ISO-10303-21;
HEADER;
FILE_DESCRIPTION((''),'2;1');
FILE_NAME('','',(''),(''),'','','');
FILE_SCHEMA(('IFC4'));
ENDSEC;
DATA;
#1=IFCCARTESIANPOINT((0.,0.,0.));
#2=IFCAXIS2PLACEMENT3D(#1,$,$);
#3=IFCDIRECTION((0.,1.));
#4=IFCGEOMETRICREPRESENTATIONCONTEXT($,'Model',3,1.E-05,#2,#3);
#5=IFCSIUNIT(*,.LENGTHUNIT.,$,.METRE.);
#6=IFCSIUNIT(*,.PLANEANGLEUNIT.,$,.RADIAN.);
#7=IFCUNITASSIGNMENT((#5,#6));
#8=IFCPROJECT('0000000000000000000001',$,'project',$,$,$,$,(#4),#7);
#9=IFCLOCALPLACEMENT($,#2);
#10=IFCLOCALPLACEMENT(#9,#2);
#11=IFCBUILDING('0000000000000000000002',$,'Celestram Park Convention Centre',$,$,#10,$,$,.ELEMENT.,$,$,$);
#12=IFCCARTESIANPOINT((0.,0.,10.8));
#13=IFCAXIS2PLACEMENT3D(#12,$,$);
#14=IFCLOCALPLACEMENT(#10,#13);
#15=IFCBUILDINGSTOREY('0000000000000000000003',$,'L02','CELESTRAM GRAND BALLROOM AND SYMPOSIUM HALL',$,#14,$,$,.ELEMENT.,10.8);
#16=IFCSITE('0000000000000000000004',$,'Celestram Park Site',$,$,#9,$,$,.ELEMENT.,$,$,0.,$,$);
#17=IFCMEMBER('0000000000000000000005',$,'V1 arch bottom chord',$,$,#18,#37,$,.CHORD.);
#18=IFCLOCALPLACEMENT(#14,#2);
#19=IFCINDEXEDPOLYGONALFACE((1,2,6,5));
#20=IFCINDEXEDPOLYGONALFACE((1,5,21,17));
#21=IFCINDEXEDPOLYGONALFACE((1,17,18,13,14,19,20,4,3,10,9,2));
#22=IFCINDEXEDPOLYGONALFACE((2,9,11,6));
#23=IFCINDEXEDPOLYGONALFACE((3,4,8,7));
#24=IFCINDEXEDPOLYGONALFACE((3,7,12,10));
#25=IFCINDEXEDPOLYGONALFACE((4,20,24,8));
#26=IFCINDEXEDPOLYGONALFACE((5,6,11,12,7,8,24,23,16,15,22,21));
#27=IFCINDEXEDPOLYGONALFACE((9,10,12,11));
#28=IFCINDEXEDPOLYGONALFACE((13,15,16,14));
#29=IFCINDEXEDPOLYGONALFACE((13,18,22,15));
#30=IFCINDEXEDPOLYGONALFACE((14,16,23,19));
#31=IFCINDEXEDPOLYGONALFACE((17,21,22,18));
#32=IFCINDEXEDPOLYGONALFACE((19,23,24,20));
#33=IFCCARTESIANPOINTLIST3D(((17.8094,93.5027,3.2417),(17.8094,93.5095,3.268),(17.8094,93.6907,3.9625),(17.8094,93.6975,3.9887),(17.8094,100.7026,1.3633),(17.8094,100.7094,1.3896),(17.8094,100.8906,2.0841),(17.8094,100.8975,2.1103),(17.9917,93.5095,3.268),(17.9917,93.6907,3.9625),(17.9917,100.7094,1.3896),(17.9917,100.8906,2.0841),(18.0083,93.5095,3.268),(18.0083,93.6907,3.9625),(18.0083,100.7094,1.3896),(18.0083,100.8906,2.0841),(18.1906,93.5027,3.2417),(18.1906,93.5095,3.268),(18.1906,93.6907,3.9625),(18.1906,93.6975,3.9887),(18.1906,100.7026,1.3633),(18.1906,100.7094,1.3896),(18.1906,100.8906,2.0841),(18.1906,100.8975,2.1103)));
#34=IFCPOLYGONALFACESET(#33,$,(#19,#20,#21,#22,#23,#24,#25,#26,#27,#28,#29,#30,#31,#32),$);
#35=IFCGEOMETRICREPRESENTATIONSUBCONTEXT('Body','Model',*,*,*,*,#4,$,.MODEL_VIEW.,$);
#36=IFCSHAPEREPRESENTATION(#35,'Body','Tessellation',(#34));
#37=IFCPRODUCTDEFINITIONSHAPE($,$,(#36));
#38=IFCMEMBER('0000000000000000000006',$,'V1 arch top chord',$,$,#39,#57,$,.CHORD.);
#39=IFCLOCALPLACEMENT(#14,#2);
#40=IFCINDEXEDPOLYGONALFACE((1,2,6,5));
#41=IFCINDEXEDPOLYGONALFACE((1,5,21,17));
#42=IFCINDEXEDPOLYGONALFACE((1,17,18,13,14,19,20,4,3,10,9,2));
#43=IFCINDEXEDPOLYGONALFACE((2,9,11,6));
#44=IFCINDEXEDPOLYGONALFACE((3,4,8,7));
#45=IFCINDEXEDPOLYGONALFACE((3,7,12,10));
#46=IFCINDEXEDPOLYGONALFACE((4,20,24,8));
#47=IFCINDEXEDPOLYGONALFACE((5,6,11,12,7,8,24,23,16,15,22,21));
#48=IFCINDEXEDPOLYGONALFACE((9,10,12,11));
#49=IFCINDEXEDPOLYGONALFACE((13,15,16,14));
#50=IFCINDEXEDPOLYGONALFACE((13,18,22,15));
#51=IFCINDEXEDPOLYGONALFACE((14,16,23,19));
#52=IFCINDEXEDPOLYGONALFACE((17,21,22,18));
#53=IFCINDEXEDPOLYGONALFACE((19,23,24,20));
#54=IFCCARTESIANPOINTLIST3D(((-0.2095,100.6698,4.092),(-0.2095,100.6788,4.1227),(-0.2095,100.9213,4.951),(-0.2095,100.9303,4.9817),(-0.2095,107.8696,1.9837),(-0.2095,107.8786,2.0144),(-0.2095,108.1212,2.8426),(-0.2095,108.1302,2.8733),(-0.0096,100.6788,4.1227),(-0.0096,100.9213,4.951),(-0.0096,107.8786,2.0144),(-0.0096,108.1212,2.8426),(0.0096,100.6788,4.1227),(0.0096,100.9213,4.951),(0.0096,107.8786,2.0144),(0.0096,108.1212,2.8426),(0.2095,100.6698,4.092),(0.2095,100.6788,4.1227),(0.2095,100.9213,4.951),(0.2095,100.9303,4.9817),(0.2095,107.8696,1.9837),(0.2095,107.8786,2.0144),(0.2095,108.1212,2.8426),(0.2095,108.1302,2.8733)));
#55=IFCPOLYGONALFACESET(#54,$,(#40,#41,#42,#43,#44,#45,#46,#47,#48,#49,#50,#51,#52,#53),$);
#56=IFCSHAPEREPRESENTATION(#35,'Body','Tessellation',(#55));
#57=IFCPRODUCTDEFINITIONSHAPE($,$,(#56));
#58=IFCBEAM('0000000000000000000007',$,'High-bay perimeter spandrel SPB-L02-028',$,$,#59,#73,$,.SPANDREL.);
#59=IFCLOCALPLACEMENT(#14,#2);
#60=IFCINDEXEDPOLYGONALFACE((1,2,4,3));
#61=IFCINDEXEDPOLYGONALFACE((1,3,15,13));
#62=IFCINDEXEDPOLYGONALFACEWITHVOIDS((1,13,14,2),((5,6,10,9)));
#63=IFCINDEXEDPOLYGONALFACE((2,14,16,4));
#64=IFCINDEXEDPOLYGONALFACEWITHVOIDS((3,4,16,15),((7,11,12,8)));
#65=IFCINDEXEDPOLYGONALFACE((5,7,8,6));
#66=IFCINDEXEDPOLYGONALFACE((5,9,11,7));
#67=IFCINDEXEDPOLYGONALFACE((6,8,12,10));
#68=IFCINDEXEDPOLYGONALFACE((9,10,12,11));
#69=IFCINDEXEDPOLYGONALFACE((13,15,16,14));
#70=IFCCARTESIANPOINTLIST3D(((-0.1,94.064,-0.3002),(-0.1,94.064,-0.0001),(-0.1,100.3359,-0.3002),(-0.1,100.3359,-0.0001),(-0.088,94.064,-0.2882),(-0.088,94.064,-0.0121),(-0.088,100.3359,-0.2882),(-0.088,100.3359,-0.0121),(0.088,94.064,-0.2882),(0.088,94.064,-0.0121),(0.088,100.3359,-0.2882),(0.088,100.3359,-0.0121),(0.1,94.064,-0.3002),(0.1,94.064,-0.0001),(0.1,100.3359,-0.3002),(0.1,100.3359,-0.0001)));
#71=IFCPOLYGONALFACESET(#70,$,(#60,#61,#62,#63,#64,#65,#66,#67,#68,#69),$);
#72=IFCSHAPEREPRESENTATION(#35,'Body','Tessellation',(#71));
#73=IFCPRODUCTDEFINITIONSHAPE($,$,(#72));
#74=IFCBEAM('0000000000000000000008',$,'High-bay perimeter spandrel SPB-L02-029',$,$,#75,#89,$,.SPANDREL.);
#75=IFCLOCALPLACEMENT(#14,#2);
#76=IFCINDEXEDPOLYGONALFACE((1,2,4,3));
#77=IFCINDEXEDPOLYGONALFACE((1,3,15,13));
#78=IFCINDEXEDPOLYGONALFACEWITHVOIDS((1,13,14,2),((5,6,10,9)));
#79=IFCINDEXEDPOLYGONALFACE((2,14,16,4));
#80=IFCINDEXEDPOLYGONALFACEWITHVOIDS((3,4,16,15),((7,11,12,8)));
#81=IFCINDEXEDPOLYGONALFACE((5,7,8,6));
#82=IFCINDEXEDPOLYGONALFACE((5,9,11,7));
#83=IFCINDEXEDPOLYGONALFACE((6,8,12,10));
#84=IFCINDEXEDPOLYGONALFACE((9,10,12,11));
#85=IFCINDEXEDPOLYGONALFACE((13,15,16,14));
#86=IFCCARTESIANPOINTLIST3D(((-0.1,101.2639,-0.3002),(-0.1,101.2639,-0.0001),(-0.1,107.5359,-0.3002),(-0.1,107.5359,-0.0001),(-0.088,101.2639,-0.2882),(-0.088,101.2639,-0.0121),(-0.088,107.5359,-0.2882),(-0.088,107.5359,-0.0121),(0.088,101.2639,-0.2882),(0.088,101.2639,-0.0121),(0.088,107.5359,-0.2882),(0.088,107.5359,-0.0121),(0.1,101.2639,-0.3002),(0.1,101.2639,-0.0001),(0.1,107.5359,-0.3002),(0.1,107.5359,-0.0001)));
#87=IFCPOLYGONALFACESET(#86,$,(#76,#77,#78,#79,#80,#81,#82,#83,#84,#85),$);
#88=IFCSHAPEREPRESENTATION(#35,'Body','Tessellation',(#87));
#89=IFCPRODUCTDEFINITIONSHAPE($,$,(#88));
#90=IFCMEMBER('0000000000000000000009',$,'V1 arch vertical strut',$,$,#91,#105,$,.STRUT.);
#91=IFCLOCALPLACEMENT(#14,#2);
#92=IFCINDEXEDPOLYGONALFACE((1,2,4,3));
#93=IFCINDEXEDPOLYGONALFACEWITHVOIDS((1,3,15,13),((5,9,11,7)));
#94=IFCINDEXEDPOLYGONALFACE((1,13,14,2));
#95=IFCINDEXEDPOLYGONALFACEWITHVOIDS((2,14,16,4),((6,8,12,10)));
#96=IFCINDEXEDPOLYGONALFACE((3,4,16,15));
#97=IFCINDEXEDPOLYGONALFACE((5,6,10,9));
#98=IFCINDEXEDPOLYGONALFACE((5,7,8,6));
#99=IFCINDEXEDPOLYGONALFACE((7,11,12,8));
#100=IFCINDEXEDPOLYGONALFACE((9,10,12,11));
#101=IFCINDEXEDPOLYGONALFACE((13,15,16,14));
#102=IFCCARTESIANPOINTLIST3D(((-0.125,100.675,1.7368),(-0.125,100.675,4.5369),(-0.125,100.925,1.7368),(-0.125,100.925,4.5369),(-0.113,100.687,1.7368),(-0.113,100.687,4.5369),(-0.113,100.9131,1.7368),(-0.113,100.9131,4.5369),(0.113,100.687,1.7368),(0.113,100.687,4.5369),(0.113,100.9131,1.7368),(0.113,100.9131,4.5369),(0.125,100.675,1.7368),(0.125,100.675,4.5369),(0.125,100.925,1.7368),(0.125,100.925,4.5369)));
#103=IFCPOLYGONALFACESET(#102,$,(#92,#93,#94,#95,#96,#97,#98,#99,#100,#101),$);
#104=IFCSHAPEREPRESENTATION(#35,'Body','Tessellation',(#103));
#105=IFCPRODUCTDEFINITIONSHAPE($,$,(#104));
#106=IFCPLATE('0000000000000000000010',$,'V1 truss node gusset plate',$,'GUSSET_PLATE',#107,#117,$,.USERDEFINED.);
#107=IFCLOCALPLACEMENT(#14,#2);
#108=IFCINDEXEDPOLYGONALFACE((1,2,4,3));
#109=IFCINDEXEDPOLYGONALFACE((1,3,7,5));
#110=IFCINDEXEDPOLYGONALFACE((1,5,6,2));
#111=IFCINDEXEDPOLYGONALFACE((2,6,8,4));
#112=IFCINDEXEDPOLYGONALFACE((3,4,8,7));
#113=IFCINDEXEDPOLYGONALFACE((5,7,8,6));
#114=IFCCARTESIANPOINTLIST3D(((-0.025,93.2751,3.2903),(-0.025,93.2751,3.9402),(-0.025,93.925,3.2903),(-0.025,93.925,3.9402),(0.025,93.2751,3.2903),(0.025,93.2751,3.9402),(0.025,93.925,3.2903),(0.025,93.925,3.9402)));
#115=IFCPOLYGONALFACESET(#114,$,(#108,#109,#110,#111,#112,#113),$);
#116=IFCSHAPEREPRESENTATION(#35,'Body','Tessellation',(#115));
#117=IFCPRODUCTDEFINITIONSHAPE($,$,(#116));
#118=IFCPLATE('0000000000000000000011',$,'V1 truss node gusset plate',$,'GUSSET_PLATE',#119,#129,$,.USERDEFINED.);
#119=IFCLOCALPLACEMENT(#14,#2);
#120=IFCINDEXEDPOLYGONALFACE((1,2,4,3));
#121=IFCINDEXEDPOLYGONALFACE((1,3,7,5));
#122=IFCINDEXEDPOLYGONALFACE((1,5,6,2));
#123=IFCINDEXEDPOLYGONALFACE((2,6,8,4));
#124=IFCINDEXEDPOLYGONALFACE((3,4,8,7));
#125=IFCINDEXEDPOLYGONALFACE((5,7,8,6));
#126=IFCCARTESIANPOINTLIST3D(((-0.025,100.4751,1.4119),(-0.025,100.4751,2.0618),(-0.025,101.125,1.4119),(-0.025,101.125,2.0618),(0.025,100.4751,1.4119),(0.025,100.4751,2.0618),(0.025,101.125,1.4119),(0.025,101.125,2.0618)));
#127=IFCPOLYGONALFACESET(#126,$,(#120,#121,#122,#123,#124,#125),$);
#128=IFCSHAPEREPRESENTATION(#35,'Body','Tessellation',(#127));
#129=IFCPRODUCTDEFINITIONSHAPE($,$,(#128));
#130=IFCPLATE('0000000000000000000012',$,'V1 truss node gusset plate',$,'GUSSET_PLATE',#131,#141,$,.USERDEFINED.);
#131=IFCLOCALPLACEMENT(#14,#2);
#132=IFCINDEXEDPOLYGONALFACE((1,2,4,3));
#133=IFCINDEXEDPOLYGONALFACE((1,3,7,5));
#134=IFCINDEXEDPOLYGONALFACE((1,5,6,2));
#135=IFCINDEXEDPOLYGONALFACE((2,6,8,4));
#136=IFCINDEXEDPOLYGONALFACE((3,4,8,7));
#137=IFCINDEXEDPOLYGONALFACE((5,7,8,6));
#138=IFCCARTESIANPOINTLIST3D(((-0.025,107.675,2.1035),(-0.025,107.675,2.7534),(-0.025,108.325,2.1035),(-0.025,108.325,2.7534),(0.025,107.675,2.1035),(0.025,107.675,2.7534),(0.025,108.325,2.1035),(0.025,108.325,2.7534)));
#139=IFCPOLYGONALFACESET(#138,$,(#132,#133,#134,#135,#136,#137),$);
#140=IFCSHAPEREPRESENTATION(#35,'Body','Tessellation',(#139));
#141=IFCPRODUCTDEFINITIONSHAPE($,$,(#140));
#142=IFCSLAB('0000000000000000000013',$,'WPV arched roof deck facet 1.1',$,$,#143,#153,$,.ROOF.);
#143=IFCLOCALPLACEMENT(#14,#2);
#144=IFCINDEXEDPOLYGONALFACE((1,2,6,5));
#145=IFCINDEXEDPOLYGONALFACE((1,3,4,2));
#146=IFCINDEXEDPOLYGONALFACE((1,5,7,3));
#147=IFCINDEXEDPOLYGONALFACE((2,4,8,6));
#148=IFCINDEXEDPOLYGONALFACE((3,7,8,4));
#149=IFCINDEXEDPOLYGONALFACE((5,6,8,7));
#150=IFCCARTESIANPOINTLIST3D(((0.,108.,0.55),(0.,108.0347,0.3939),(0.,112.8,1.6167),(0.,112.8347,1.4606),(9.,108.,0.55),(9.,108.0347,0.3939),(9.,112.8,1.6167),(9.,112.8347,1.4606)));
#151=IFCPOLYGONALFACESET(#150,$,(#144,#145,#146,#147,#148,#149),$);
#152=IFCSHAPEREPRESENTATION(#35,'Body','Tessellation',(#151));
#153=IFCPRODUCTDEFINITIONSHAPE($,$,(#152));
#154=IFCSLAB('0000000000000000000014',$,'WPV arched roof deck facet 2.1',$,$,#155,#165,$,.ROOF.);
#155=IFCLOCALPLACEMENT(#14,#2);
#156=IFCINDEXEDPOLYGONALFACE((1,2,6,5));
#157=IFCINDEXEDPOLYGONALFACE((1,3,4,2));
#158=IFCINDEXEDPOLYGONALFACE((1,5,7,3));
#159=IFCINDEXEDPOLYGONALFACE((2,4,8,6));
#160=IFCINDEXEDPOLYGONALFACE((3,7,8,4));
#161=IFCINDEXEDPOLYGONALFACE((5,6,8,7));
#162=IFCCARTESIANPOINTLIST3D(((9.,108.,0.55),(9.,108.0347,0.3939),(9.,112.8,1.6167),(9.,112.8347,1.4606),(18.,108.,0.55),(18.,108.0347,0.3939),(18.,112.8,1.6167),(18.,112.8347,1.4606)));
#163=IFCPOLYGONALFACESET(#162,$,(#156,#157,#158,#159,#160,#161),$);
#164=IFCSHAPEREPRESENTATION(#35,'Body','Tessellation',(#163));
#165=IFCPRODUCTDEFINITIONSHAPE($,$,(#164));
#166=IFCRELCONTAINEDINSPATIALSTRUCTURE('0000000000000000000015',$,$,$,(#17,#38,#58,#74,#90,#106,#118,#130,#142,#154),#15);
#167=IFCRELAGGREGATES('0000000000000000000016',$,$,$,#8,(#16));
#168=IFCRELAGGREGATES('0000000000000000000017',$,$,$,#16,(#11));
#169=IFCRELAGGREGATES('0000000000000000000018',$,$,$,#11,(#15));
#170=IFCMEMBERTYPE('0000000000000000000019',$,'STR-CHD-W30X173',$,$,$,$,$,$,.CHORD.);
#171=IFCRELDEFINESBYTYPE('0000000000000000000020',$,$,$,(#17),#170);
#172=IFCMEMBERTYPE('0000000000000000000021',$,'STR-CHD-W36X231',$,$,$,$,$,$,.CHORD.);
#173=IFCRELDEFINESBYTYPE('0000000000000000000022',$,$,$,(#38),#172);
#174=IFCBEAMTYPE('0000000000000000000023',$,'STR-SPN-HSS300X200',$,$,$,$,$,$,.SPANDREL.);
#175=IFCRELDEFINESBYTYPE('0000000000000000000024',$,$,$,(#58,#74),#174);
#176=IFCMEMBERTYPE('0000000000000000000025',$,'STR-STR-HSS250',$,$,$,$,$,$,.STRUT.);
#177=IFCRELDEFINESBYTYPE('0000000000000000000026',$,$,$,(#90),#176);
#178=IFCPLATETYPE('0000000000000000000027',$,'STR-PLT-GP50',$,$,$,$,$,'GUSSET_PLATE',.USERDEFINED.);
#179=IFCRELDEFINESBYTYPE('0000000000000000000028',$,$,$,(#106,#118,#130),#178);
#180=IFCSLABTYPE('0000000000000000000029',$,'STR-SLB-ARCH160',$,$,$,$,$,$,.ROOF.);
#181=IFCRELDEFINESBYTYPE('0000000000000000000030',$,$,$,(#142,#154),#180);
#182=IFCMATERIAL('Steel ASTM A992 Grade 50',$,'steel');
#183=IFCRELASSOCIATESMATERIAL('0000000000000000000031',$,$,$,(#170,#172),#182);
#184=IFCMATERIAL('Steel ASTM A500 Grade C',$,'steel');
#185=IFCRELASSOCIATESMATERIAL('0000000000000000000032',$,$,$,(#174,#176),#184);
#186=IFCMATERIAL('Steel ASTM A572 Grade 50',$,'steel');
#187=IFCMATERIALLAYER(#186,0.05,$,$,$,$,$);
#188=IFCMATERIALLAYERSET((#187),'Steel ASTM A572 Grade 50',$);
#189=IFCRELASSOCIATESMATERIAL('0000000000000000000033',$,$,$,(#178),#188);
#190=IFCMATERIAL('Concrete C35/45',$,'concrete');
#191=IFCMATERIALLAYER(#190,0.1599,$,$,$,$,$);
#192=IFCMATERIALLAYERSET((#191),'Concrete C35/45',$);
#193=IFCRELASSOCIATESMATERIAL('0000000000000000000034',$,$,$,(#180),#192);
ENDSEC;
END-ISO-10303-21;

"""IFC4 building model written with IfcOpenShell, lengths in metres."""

from ifc_helpers import new_model, si_unit, direction, frame, origin, origin_2d, place, context, subcontext, project, spatial, polyline, rectangle, hollow_rectangle, i_section, outline, extrude, material, layer, layer_set, material_profile, profile_set, type_object, element, save


model = new_model("IFC4")

# Units and contexts
model_context = context("Model", 3, precision=1e-05, world=origin(), true_north=direction((0.0, 1.0)))
body_context = subcontext(model_context, "Body", "Model", "MODEL_VIEW")
ifc_project = project(units=[si_unit("LENGTHUNIT", "METRE"), si_unit("PLANEANGLEUNIT", "RADIAN")], contexts=[model_context])

# Site, building, storey
site_placement = place(None, origin())
site = spatial("IfcSite", under=ifc_project, at=site_placement, Name="Celestram Park Site", CompositionType="ELEMENT", RefElevation=0.0)
building_placement = place(site_placement, origin())
building = spatial("IfcBuilding", under=site, at=building_placement, Name="Celestram Park Convention Centre", CompositionType="ELEMENT")
storey_placement = place(building_placement, frame((0.0, 0.0, 10.8)))
storey = spatial("IfcBuildingStorey", under=building, at=storey_placement, Name="L02", Description="CELESTRAM GRAND BALLROOM AND SYMPOSIUM HALL", CompositionType="ELEMENT", Elevation=10.8)

# Shared definitions
ifc_material_1 = material(Name="Steel ASTM A992 Grade 50", Category="steel")

# Members
ifc_material_2 = material(Name="Steel ASTM A500 Grade C", Category="steel")
ifc_material_profile_1 = material_profile(ifc_material_1, i_section(OverallWidth=0.3811, OverallDepth=0.772, WebThickness=0.0166, FlangeThickness=0.0271, at=origin_2d()), Name="W30X173")
ifc_profile_set_1 = profile_set([ifc_material_profile_1], Name="Steel ASTM A992 Grade 50")
member_type_1 = type_object("IfcMemberType", Name="STR-CHD-W30X173", PredefinedType="CHORD", material=ifc_profile_set_1)
member_1_placement = place(storey_placement, frame((18.0, 93.6001, 3.6152), z_axis=(0.0, 0.967612, -0.252443), x_axis=(-1.0, 0.0, 0.0)))
element("IfcMember", 1, at=member_1_placement, inside=storey, type_object=member_type_1, Name="V1 arch bottom chord", PredefinedType="CHORD", context=body_context, shape_type="SweptSolid", body=[
    extrude(i_section(OverallWidth=0.3811, OverallDepth=0.772, WebThickness=0.0166, FlangeThickness=0.0271, at=origin_2d()), origin(), (0.0, 0.0, 1.0), 7.4409),
])
ifc_material_profile_2 = material_profile(ifc_material_1, i_section(OverallWidth=0.4189, OverallDepth=0.927, WebThickness=0.0193, FlangeThickness=0.032, at=origin_2d()), Name="W36X231")
ifc_profile_set_2 = profile_set([ifc_material_profile_2], Name="Steel ASTM A992 Grade 50")
member_type_2 = type_object("IfcMemberType", Name="STR-CHD-W36X231", PredefinedType="CHORD", material=ifc_profile_set_2)
member_2_placement = place(storey_placement, frame((0.0, 100.8, 4.5369), z_axis=(0.0, 0.959698, -0.281033), x_axis=(-1.0, 0.0, 0.0)))
element("IfcMember", 2, at=member_2_placement, inside=storey, type_object=member_type_2, Name="V1 arch top chord", PredefinedType="CHORD", context=body_context, shape_type="SweptSolid", body=[
    extrude(i_section(OverallWidth=0.4189, OverallDepth=0.927, WebThickness=0.0193, FlangeThickness=0.032, at=origin_2d()), origin(), (0.0, 0.0, 1.0), 7.5022),
])

# Beams
ifc_material_profile_3 = material_profile(ifc_material_2, hollow_rectangle(XDim=0.2, YDim=0.3, WallThickness=0.012, at=origin_2d()), Name="HSS300X200X12")
ifc_profile_set_3 = profile_set([ifc_material_profile_3], Name="Steel ASTM A500 Grade C")
beam_type_1 = type_object("IfcBeamType", Name="STR-SPN-HSS300X200", PredefinedType="SPANDREL", material=ifc_profile_set_3)
for number, where, z_axis, x_axis, name in (
    (3, (0.0, 94.064, -0.1501), (0.0, 1.0, 0.0), (-1.0, 0.0, 0.0), "High-bay perimeter spandrel SPB-L02-028"),
    (4, (0.0, 101.2639, -0.1501), (0.0, 1.0, 0.0), (-1.0, 0.0, 0.0), "High-bay perimeter spandrel SPB-L02-029"),
):
    element("IfcBeam", number, at=place(storey_placement, frame(where, z_axis=z_axis, x_axis=x_axis)), inside=storey, type_object=beam_type_1, Name=name, PredefinedType="SPANDREL", context=body_context, shape_type="SweptSolid", body=[
        extrude(hollow_rectangle(XDim=0.2, YDim=0.3, WallThickness=0.012, at=origin_2d()), origin(), (0.0, 0.0, 1.0), 6.272),
    ])

# Member
ifc_material_profile_4 = material_profile(ifc_material_2, hollow_rectangle(XDim=0.25, YDim=0.25, WallThickness=0.012, at=origin_2d()), Name="HSS250X250X12")
ifc_profile_set_4 = profile_set([ifc_material_profile_4], Name="Steel ASTM A500 Grade C")
member_type_3 = type_object("IfcMemberType", Name="STR-STR-HSS250", PredefinedType="STRUT", material=ifc_profile_set_4)
member_3_placement = place(storey_placement, frame((0.0, 100.8, 1.7368), z_axis=(0.0, 0.0, 1.0), x_axis=(1.0, 0.0, 0.0)))
element("IfcMember", 5, at=member_3_placement, inside=storey, type_object=member_type_3, Name="V1 arch vertical strut", PredefinedType="STRUT", context=body_context, shape_type="SweptSolid", body=[
    extrude(hollow_rectangle(XDim=0.25, YDim=0.25, WallThickness=0.012, at=origin_2d()), origin(), (0.0, 0.0, 1.0), 2.8),
])

# Plates
ifc_material_3 = material(Name="Steel ASTM A572 Grade 50", Category="steel")
ifc_layer_1 = layer(ifc_material_3, 0.05)
ifc_layer_set_1 = layer_set([ifc_layer_1], Name="Steel ASTM A572 Grade 50")
plate_type = type_object("IfcPlateType", Name="STR-PLT-GP50", ElementType="GUSSET_PLATE", PredefinedType="USERDEFINED", material=ifc_layer_set_1)
for number, where, z_axis, x_axis, name in (
    (6, (0.0, 93.6001, 3.2903), (0.0, 0.0, 1.0), (0.0, 1.0, 0.0), "V1 truss node gusset plate"),
    (7, (0.0, 100.8, 1.4119), (0.0, 0.0, 1.0), (0.0, 1.0, 0.0), "V1 truss node gusset plate"),
    (8, (0.0, 108.0, 2.1035), (0.0, 0.0, 1.0), (0.0, 1.0, 0.0), "V1 truss node gusset plate"),
):
    element("IfcPlate", number, at=place(storey_placement, frame(where, z_axis=z_axis, x_axis=x_axis)), inside=storey, type_object=plate_type, Name=name, ObjectType="GUSSET_PLATE", PredefinedType="USERDEFINED", context=body_context, shape_type="SweptSolid", body=[
        extrude(rectangle(XDim=0.6499, YDim=0.05, at=origin_2d()), origin(), (0.0, 0.0, 1.0), 0.6499),
    ])

# Slabs
ifc_material_4 = material(Name="Concrete C35/45", Category="concrete")
ifc_layer_2 = layer(ifc_material_4, 0.1599)
ifc_layer_set_2 = layer_set([ifc_layer_2], Name="Concrete C35/45")
slab_type = type_object("IfcSlabType", Name="STR-SLB-ARCH160", PredefinedType="ROOF", material=ifc_layer_set_2)
for number, where, z_axis, x_axis, name in (
    (9, (0.0, 108.0, 0.55), (0.0, -0.216925, 0.976188), (1.0, 0.0, 0.0), "WPV arched roof deck facet 1.1"),
    (10, (9.0, 108.0, 0.55), (0.0, -0.216925, 0.976188), (1.0, 0.0, 0.0), "WPV arched roof deck facet 2.1"),
):
    element("IfcSlab", number, at=place(storey_placement, frame(where, z_axis=z_axis, x_axis=x_axis)), inside=storey, type_object=slab_type, Name=name, PredefinedType="ROOF", context=body_context, shape_type="SweptSolid", body=[
        extrude(outline(polyline([(0.0, 0.0), (9.0, 0.0), (9.0, 4.9171), (0.0, 4.9171), (0.0, 0.0)])), origin(), (0.0, 0.0, -1.0), 0.1599),
    ])

save(model, "model.ifc")
